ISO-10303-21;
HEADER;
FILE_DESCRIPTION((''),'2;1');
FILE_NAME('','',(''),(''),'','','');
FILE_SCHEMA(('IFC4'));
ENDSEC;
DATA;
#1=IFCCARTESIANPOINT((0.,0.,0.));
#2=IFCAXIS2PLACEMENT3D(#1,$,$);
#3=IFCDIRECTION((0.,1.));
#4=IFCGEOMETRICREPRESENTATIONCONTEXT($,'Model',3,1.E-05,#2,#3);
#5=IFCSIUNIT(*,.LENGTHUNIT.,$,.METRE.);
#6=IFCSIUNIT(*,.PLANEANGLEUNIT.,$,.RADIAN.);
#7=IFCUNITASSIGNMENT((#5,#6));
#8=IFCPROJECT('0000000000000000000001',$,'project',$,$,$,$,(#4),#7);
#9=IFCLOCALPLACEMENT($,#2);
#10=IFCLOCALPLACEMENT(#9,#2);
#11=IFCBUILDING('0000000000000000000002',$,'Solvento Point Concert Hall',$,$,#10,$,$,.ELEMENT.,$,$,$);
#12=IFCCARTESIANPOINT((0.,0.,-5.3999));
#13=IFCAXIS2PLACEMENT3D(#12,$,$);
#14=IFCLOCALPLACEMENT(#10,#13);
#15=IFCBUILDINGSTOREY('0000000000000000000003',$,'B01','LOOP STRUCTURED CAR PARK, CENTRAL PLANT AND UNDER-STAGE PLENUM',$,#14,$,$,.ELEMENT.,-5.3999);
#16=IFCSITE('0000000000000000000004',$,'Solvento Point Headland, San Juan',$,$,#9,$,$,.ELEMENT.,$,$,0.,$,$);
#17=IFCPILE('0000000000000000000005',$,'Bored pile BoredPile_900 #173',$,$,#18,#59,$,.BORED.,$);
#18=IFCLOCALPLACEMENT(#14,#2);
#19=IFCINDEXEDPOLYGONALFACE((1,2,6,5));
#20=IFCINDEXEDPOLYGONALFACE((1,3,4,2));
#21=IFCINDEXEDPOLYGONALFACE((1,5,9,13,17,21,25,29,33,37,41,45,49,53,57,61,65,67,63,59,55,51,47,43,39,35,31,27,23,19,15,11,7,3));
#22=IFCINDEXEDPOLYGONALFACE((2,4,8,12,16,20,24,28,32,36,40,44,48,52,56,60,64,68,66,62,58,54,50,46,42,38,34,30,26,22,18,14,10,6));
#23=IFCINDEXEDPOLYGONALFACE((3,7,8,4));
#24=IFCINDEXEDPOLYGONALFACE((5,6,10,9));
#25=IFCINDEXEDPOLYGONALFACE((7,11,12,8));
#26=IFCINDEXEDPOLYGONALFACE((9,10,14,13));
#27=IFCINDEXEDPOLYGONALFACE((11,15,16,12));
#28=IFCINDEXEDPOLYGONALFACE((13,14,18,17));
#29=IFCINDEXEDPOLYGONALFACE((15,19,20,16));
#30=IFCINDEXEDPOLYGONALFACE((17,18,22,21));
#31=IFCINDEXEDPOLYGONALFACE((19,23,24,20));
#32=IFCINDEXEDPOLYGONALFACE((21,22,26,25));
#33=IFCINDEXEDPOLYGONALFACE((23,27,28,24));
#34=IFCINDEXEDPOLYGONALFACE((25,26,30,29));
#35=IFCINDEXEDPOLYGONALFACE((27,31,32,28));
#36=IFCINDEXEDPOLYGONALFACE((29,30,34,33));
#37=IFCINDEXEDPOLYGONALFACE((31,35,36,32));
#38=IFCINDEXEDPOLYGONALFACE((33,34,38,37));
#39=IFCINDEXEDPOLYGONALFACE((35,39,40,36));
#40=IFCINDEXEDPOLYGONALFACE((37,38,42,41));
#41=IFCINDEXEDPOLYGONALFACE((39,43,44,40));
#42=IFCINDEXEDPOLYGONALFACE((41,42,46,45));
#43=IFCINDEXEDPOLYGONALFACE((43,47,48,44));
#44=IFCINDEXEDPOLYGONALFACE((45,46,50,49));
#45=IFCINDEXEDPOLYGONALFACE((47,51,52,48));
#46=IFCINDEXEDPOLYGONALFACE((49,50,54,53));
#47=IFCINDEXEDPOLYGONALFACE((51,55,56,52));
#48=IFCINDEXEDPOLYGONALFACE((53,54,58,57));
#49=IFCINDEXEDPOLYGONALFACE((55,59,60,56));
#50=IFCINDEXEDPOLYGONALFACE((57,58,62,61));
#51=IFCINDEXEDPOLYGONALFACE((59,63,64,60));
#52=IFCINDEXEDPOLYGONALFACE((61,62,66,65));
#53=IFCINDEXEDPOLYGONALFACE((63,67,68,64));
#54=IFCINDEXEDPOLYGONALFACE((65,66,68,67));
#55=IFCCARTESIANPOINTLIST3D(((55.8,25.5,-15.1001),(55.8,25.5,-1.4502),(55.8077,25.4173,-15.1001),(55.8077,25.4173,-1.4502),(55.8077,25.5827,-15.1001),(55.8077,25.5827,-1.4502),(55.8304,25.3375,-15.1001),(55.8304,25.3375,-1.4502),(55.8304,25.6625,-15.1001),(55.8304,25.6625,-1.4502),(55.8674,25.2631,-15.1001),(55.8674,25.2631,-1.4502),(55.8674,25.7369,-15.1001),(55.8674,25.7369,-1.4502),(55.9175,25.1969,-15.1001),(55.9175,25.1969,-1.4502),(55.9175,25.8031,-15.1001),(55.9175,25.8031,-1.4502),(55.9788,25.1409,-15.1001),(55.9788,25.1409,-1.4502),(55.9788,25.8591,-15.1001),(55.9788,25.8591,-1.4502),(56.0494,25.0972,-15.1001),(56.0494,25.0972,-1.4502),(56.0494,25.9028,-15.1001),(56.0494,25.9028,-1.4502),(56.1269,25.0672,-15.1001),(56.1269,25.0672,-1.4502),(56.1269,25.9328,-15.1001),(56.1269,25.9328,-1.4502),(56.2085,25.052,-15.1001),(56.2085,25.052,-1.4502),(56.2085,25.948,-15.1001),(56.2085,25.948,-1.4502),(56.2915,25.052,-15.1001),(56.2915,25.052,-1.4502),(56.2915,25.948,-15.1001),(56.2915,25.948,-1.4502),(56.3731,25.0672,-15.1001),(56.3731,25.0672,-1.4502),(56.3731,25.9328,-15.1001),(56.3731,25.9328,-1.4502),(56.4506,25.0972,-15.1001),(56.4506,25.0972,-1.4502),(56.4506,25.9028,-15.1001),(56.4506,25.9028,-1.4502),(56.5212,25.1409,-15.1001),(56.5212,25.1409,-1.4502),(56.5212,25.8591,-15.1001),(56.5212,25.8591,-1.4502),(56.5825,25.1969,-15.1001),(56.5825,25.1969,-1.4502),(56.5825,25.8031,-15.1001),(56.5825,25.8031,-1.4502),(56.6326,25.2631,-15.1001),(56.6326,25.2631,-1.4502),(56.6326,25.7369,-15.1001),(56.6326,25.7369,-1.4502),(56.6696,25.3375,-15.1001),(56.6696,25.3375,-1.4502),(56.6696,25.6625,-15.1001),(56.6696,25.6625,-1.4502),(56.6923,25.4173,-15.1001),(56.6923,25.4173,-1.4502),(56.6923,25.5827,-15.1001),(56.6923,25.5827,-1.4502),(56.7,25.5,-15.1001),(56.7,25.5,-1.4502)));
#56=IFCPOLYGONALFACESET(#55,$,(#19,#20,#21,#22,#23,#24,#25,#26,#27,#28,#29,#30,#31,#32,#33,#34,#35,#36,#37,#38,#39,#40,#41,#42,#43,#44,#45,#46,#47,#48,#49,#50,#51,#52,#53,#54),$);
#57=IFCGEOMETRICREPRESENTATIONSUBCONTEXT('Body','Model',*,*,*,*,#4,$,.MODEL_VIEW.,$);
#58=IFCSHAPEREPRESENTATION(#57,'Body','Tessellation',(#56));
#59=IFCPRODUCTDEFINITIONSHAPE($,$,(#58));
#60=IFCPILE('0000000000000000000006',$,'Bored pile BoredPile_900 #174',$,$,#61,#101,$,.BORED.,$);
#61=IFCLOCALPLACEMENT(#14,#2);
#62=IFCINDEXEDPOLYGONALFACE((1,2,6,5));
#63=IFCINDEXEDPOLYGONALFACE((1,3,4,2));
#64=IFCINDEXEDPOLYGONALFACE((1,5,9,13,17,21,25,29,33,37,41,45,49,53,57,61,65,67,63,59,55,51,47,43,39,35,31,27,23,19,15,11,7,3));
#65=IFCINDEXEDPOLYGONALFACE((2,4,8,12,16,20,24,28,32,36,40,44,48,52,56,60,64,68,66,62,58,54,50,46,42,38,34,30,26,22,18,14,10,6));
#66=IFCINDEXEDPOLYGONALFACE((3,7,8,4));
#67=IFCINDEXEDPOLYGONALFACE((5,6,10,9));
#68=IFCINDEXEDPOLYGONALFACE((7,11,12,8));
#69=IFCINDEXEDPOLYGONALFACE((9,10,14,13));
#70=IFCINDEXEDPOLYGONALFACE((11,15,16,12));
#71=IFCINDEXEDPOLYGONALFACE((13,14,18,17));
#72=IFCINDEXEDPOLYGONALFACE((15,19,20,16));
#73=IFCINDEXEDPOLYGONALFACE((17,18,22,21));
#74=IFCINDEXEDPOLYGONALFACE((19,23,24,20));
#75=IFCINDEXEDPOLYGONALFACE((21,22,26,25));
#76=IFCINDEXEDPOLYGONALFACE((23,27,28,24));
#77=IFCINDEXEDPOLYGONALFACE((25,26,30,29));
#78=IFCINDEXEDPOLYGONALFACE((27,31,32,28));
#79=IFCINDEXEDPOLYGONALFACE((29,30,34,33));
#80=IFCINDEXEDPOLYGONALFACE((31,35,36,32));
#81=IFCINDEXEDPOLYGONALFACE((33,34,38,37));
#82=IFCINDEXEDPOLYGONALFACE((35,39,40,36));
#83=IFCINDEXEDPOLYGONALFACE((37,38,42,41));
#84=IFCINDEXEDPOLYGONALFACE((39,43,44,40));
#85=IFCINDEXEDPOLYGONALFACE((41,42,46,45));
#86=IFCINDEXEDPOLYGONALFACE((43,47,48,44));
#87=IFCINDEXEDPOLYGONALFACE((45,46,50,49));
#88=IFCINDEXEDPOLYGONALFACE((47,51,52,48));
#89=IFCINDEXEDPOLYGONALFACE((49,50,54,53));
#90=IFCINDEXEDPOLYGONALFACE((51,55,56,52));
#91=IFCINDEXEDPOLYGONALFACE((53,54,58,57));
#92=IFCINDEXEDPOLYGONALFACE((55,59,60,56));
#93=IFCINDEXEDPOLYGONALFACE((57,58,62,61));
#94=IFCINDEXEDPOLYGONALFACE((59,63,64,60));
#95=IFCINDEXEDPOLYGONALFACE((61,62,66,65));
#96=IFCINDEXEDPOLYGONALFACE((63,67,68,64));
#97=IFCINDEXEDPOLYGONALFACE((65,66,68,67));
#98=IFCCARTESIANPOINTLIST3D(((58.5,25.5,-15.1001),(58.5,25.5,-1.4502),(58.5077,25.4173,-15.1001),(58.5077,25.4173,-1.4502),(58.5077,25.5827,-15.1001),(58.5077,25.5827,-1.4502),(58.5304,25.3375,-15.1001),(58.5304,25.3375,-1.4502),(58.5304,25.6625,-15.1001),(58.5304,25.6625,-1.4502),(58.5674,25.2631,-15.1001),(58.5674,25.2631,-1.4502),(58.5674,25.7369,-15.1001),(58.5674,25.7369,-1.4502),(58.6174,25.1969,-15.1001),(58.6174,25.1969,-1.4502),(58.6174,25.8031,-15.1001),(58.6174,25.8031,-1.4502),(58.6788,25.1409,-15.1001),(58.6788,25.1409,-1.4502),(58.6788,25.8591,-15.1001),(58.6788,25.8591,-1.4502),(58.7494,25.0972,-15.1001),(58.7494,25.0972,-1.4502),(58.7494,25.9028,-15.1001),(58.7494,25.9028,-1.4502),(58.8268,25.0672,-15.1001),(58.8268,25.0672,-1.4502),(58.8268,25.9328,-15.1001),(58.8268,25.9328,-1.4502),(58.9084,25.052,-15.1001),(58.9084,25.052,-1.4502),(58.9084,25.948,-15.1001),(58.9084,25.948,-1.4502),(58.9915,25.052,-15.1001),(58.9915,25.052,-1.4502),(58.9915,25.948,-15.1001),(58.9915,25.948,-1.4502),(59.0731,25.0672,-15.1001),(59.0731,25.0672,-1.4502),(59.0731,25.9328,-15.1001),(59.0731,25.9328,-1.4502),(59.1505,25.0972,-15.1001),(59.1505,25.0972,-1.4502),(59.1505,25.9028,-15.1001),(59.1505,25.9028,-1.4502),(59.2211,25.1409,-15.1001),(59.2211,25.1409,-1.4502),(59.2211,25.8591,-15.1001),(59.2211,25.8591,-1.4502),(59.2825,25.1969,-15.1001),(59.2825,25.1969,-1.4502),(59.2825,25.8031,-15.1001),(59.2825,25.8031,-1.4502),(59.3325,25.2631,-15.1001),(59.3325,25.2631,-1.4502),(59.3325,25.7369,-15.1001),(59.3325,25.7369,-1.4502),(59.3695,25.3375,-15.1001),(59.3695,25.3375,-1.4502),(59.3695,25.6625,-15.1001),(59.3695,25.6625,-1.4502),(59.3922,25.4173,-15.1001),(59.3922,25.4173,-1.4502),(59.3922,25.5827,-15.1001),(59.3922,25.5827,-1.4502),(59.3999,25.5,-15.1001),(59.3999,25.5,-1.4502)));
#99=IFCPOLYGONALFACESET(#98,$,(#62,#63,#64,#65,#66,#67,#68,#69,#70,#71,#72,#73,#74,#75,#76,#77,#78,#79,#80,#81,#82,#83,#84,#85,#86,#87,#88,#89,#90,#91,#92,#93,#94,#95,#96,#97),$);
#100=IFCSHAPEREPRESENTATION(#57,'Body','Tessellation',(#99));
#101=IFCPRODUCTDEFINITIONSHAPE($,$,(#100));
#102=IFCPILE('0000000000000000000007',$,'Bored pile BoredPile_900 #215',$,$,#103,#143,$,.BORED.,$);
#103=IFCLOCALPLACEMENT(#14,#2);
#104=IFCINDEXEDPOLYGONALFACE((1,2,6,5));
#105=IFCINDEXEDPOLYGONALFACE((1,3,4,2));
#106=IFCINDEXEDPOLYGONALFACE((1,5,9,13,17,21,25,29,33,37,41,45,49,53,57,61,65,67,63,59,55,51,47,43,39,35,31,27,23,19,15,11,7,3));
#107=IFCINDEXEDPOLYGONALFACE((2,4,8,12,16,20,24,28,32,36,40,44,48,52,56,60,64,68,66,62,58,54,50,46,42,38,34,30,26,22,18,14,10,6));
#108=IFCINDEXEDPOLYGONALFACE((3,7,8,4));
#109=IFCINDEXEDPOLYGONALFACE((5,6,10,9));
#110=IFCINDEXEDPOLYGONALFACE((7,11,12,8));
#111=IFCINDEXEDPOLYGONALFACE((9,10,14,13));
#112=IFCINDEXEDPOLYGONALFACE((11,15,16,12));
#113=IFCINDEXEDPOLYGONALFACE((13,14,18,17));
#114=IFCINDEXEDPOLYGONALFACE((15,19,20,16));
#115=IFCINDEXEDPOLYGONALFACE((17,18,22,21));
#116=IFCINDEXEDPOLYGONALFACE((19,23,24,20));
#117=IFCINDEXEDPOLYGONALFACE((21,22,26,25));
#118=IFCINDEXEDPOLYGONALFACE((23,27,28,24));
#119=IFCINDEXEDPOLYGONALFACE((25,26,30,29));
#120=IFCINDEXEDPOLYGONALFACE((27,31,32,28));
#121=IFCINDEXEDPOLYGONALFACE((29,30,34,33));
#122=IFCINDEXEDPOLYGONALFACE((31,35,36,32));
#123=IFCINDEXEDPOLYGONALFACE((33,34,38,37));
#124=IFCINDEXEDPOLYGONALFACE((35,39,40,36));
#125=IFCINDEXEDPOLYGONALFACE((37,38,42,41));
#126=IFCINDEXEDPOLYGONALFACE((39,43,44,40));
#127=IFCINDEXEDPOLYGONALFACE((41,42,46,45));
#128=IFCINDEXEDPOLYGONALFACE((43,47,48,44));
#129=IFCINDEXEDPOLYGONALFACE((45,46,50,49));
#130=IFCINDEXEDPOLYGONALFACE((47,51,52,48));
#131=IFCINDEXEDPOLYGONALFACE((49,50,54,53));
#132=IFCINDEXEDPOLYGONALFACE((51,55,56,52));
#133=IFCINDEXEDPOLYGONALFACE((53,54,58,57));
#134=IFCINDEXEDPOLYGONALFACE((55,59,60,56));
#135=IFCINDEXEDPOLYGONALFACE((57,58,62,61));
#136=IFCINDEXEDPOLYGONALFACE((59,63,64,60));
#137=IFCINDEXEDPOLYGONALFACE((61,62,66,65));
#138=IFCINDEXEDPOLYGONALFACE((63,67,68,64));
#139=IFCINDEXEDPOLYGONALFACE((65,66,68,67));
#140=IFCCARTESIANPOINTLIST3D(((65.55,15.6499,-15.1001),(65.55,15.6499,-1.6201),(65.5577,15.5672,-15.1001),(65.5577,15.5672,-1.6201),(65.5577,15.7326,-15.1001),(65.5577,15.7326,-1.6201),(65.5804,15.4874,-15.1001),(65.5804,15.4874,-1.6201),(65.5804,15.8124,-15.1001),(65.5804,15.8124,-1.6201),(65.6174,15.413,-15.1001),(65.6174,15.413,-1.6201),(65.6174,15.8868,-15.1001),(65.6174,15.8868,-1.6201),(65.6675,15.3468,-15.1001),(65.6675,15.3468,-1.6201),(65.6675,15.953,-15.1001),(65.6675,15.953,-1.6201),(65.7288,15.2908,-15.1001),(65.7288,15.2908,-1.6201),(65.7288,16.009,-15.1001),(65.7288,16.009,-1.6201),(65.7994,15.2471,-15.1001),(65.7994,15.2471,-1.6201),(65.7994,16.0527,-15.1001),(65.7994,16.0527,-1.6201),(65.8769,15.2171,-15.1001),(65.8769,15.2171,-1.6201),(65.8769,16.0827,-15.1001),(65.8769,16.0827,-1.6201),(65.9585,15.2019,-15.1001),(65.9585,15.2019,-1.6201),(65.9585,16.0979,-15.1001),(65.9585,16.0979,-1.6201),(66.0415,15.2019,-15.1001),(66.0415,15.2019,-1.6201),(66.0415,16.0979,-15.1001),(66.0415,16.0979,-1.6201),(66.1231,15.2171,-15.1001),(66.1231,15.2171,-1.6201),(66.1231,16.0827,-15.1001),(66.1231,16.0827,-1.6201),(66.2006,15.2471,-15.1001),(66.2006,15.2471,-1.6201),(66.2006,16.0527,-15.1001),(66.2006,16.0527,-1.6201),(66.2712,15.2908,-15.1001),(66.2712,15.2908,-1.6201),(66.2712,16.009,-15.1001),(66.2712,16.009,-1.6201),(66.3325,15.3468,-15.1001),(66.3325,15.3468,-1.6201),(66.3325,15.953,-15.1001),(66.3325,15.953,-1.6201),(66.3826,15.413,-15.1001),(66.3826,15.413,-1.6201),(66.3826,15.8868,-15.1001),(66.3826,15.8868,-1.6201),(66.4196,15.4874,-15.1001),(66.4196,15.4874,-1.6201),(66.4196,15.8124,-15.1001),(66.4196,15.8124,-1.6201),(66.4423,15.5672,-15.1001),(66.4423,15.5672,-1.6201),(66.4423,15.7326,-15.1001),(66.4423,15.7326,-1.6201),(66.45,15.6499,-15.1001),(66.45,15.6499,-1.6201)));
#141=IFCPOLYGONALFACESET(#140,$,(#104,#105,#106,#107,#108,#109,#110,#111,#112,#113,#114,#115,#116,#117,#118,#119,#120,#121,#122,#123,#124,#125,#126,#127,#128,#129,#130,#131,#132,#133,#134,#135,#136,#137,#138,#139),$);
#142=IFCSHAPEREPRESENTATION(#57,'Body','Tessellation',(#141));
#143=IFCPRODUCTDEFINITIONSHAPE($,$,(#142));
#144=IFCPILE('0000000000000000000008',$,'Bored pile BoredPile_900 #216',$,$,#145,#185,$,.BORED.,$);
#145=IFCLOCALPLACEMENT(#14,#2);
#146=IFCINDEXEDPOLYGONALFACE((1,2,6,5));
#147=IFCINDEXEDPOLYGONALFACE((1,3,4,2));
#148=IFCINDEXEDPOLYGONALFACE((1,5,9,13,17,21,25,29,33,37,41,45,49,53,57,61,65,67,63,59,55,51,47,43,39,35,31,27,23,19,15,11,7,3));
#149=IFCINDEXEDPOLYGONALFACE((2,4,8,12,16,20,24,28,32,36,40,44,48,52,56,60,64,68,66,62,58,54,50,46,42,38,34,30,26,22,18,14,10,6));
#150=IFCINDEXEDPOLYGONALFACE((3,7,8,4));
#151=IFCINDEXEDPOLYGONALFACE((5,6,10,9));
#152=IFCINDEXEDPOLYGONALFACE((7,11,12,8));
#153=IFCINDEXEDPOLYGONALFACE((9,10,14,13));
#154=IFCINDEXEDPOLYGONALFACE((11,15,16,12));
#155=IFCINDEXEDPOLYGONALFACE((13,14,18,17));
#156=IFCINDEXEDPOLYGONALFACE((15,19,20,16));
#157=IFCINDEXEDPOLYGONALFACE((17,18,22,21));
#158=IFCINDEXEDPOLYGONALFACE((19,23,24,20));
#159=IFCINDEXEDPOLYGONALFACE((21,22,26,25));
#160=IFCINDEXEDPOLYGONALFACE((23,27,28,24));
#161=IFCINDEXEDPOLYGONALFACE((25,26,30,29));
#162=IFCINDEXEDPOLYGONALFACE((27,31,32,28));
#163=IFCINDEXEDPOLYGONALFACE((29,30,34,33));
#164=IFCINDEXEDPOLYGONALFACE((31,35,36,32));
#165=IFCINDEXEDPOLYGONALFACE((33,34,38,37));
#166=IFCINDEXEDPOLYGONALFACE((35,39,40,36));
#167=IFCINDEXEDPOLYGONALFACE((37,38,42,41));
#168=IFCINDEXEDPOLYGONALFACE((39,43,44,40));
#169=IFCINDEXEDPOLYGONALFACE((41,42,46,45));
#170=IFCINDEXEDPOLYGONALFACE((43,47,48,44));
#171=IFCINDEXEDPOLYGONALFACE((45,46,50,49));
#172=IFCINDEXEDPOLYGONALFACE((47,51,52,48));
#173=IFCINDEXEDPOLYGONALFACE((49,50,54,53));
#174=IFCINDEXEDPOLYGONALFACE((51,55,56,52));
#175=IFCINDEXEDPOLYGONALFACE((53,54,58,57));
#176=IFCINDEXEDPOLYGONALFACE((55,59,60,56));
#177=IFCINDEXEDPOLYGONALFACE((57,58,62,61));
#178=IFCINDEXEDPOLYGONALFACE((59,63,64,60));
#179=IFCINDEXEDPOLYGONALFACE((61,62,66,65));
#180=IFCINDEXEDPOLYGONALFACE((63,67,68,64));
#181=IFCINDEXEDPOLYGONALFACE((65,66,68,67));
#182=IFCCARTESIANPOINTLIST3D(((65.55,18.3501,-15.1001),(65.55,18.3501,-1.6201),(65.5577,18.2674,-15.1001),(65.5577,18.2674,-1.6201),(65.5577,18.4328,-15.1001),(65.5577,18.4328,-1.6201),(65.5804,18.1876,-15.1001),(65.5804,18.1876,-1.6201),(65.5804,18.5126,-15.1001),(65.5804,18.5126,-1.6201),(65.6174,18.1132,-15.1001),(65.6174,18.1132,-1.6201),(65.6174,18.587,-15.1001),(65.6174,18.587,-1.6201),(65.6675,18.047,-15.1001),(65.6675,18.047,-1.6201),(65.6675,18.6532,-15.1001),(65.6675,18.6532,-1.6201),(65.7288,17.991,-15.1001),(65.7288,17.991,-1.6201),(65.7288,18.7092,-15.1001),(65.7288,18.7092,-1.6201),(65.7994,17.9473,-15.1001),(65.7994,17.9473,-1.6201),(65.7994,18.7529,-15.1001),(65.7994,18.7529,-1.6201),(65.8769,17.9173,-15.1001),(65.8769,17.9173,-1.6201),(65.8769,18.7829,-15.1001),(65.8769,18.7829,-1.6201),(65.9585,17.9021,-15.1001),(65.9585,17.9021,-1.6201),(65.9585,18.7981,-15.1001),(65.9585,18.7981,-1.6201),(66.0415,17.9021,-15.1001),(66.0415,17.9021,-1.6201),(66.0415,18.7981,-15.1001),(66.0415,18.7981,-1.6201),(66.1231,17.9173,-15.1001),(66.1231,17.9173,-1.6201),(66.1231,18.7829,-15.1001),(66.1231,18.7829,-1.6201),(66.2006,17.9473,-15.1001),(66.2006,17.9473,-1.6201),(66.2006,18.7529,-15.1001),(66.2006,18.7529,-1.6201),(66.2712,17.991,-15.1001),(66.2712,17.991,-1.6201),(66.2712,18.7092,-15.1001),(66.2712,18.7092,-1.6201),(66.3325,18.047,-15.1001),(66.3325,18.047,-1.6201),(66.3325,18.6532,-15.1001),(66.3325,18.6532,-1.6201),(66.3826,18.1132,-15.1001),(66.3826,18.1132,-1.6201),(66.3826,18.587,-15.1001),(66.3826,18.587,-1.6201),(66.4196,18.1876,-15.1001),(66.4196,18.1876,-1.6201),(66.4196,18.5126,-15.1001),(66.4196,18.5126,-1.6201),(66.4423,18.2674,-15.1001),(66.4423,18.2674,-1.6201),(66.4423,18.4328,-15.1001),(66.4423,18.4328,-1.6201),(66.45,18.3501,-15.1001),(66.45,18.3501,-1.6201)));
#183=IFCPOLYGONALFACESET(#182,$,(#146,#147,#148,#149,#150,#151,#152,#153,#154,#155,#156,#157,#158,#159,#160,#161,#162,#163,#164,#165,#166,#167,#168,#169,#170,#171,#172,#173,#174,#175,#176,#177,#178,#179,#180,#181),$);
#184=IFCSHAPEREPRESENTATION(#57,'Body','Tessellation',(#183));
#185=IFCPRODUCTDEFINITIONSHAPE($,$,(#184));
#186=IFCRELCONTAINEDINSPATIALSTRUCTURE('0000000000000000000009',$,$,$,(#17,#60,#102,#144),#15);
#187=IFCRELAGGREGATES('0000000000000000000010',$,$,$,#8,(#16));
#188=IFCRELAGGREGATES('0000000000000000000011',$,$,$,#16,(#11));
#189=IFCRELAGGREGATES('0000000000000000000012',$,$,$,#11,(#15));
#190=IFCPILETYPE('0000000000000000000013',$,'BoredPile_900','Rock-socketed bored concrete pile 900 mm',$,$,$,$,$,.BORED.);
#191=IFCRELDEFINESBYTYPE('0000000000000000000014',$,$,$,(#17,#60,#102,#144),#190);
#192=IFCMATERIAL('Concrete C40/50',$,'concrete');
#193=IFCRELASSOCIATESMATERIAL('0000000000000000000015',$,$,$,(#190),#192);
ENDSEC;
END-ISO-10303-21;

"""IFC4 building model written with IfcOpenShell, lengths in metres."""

from ifc_helpers import new_model, si_unit, direction, frame, origin, origin_2d, place, context, subcontext, project, spatial, circle, extrude, material, material_profile, profile_set, type_object, element, save


model = new_model("IFC4")

# Units and contexts
model_context = context("Model", 3, precision=1e-05, world=origin(), true_north=direction((0.0, 1.0)))
body_context = subcontext(model_context, "Body", "Model", "MODEL_VIEW")
ifc_project = project(units=[si_unit("LENGTHUNIT", "METRE"), si_unit("PLANEANGLEUNIT", "RADIAN")], contexts=[model_context])

# Site, building, storey
site_placement = place(None, origin())
site = spatial("IfcSite", under=ifc_project, at=site_placement, Name="Solvento Point Headland, San Juan", CompositionType="ELEMENT", RefElevation=0.0)
building_placement = place(site_placement, origin())
building = spatial("IfcBuilding", under=site, at=building_placement, Name="Solvento Point Concert Hall", CompositionType="ELEMENT")
storey_placement = place(building_placement, frame((0.0, 0.0, -5.3999)))
storey = spatial("IfcBuildingStorey", under=building, at=storey_placement, Name="B01", Description="LOOP STRUCTURED CAR PARK, CENTRAL PLANT AND UNDER-STAGE PLENUM", CompositionType="ELEMENT", Elevation=-5.3999)

# Piles
ifc_material_1 = material(Name="Concrete C40/50", Category="concrete")
ifc_material_profile_1 = material_profile(ifc_material_1, circle(Radius=0.45, at=origin_2d()), Name="BP-900")
ifc_profile_set_1 = profile_set([ifc_material_profile_1], Name="Concrete C40/50")
pile_type_1 = type_object("IfcPileType", Name="BoredPile_900", Description="Rock-socketed bored concrete pile 900 mm", PredefinedType="BORED", material=ifc_profile_set_1)
for number, where, z_axis, x_axis, name in (
    (1, (56.25, 25.5, -1.4502), (0.0, 0.0, -1.0), (1.0, 0.0, 0.0), "Bored pile BoredPile_900 #173"),
    (2, (58.95, 25.5, -1.4502), (0.0, 0.0, -1.0), (1.0, 0.0, 0.0), "Bored pile BoredPile_900 #174"),
):
    element("IfcPile", number, at=place(storey_placement, frame(where, z_axis=z_axis, x_axis=x_axis)), inside=storey, type_object=pile_type_1, Name=name, PredefinedType="BORED", context=body_context, shape_type="SweptSolid", body=[
        extrude(circle(Radius=0.45, at=origin_2d()), origin(), (0.0, 0.0, 1.0), 13.6499),
    ])
for number, where, z_axis, x_axis, name in (
    (3, (66.0, 15.6499, -1.6201), (0.0, 0.0, -1.0), (1.0, 0.0, 0.0), "Bored pile BoredPile_900 #215"),
    (4, (66.0, 18.3501, -1.6201), (0.0, 0.0, -1.0), (1.0, 0.0, 0.0), "Bored pile BoredPile_900 #216"),
):
    element("IfcPile", number, at=place(storey_placement, frame(where, z_axis=z_axis, x_axis=x_axis)), inside=storey, type_object=pile_type_1, Name=name, PredefinedType="BORED", context=body_context, shape_type="SweptSolid", body=[
        extrude(circle(Radius=0.45, at=origin_2d()), origin(), (0.0, 0.0, 1.0), 13.48),
    ])

save(model, "model.ifc")
